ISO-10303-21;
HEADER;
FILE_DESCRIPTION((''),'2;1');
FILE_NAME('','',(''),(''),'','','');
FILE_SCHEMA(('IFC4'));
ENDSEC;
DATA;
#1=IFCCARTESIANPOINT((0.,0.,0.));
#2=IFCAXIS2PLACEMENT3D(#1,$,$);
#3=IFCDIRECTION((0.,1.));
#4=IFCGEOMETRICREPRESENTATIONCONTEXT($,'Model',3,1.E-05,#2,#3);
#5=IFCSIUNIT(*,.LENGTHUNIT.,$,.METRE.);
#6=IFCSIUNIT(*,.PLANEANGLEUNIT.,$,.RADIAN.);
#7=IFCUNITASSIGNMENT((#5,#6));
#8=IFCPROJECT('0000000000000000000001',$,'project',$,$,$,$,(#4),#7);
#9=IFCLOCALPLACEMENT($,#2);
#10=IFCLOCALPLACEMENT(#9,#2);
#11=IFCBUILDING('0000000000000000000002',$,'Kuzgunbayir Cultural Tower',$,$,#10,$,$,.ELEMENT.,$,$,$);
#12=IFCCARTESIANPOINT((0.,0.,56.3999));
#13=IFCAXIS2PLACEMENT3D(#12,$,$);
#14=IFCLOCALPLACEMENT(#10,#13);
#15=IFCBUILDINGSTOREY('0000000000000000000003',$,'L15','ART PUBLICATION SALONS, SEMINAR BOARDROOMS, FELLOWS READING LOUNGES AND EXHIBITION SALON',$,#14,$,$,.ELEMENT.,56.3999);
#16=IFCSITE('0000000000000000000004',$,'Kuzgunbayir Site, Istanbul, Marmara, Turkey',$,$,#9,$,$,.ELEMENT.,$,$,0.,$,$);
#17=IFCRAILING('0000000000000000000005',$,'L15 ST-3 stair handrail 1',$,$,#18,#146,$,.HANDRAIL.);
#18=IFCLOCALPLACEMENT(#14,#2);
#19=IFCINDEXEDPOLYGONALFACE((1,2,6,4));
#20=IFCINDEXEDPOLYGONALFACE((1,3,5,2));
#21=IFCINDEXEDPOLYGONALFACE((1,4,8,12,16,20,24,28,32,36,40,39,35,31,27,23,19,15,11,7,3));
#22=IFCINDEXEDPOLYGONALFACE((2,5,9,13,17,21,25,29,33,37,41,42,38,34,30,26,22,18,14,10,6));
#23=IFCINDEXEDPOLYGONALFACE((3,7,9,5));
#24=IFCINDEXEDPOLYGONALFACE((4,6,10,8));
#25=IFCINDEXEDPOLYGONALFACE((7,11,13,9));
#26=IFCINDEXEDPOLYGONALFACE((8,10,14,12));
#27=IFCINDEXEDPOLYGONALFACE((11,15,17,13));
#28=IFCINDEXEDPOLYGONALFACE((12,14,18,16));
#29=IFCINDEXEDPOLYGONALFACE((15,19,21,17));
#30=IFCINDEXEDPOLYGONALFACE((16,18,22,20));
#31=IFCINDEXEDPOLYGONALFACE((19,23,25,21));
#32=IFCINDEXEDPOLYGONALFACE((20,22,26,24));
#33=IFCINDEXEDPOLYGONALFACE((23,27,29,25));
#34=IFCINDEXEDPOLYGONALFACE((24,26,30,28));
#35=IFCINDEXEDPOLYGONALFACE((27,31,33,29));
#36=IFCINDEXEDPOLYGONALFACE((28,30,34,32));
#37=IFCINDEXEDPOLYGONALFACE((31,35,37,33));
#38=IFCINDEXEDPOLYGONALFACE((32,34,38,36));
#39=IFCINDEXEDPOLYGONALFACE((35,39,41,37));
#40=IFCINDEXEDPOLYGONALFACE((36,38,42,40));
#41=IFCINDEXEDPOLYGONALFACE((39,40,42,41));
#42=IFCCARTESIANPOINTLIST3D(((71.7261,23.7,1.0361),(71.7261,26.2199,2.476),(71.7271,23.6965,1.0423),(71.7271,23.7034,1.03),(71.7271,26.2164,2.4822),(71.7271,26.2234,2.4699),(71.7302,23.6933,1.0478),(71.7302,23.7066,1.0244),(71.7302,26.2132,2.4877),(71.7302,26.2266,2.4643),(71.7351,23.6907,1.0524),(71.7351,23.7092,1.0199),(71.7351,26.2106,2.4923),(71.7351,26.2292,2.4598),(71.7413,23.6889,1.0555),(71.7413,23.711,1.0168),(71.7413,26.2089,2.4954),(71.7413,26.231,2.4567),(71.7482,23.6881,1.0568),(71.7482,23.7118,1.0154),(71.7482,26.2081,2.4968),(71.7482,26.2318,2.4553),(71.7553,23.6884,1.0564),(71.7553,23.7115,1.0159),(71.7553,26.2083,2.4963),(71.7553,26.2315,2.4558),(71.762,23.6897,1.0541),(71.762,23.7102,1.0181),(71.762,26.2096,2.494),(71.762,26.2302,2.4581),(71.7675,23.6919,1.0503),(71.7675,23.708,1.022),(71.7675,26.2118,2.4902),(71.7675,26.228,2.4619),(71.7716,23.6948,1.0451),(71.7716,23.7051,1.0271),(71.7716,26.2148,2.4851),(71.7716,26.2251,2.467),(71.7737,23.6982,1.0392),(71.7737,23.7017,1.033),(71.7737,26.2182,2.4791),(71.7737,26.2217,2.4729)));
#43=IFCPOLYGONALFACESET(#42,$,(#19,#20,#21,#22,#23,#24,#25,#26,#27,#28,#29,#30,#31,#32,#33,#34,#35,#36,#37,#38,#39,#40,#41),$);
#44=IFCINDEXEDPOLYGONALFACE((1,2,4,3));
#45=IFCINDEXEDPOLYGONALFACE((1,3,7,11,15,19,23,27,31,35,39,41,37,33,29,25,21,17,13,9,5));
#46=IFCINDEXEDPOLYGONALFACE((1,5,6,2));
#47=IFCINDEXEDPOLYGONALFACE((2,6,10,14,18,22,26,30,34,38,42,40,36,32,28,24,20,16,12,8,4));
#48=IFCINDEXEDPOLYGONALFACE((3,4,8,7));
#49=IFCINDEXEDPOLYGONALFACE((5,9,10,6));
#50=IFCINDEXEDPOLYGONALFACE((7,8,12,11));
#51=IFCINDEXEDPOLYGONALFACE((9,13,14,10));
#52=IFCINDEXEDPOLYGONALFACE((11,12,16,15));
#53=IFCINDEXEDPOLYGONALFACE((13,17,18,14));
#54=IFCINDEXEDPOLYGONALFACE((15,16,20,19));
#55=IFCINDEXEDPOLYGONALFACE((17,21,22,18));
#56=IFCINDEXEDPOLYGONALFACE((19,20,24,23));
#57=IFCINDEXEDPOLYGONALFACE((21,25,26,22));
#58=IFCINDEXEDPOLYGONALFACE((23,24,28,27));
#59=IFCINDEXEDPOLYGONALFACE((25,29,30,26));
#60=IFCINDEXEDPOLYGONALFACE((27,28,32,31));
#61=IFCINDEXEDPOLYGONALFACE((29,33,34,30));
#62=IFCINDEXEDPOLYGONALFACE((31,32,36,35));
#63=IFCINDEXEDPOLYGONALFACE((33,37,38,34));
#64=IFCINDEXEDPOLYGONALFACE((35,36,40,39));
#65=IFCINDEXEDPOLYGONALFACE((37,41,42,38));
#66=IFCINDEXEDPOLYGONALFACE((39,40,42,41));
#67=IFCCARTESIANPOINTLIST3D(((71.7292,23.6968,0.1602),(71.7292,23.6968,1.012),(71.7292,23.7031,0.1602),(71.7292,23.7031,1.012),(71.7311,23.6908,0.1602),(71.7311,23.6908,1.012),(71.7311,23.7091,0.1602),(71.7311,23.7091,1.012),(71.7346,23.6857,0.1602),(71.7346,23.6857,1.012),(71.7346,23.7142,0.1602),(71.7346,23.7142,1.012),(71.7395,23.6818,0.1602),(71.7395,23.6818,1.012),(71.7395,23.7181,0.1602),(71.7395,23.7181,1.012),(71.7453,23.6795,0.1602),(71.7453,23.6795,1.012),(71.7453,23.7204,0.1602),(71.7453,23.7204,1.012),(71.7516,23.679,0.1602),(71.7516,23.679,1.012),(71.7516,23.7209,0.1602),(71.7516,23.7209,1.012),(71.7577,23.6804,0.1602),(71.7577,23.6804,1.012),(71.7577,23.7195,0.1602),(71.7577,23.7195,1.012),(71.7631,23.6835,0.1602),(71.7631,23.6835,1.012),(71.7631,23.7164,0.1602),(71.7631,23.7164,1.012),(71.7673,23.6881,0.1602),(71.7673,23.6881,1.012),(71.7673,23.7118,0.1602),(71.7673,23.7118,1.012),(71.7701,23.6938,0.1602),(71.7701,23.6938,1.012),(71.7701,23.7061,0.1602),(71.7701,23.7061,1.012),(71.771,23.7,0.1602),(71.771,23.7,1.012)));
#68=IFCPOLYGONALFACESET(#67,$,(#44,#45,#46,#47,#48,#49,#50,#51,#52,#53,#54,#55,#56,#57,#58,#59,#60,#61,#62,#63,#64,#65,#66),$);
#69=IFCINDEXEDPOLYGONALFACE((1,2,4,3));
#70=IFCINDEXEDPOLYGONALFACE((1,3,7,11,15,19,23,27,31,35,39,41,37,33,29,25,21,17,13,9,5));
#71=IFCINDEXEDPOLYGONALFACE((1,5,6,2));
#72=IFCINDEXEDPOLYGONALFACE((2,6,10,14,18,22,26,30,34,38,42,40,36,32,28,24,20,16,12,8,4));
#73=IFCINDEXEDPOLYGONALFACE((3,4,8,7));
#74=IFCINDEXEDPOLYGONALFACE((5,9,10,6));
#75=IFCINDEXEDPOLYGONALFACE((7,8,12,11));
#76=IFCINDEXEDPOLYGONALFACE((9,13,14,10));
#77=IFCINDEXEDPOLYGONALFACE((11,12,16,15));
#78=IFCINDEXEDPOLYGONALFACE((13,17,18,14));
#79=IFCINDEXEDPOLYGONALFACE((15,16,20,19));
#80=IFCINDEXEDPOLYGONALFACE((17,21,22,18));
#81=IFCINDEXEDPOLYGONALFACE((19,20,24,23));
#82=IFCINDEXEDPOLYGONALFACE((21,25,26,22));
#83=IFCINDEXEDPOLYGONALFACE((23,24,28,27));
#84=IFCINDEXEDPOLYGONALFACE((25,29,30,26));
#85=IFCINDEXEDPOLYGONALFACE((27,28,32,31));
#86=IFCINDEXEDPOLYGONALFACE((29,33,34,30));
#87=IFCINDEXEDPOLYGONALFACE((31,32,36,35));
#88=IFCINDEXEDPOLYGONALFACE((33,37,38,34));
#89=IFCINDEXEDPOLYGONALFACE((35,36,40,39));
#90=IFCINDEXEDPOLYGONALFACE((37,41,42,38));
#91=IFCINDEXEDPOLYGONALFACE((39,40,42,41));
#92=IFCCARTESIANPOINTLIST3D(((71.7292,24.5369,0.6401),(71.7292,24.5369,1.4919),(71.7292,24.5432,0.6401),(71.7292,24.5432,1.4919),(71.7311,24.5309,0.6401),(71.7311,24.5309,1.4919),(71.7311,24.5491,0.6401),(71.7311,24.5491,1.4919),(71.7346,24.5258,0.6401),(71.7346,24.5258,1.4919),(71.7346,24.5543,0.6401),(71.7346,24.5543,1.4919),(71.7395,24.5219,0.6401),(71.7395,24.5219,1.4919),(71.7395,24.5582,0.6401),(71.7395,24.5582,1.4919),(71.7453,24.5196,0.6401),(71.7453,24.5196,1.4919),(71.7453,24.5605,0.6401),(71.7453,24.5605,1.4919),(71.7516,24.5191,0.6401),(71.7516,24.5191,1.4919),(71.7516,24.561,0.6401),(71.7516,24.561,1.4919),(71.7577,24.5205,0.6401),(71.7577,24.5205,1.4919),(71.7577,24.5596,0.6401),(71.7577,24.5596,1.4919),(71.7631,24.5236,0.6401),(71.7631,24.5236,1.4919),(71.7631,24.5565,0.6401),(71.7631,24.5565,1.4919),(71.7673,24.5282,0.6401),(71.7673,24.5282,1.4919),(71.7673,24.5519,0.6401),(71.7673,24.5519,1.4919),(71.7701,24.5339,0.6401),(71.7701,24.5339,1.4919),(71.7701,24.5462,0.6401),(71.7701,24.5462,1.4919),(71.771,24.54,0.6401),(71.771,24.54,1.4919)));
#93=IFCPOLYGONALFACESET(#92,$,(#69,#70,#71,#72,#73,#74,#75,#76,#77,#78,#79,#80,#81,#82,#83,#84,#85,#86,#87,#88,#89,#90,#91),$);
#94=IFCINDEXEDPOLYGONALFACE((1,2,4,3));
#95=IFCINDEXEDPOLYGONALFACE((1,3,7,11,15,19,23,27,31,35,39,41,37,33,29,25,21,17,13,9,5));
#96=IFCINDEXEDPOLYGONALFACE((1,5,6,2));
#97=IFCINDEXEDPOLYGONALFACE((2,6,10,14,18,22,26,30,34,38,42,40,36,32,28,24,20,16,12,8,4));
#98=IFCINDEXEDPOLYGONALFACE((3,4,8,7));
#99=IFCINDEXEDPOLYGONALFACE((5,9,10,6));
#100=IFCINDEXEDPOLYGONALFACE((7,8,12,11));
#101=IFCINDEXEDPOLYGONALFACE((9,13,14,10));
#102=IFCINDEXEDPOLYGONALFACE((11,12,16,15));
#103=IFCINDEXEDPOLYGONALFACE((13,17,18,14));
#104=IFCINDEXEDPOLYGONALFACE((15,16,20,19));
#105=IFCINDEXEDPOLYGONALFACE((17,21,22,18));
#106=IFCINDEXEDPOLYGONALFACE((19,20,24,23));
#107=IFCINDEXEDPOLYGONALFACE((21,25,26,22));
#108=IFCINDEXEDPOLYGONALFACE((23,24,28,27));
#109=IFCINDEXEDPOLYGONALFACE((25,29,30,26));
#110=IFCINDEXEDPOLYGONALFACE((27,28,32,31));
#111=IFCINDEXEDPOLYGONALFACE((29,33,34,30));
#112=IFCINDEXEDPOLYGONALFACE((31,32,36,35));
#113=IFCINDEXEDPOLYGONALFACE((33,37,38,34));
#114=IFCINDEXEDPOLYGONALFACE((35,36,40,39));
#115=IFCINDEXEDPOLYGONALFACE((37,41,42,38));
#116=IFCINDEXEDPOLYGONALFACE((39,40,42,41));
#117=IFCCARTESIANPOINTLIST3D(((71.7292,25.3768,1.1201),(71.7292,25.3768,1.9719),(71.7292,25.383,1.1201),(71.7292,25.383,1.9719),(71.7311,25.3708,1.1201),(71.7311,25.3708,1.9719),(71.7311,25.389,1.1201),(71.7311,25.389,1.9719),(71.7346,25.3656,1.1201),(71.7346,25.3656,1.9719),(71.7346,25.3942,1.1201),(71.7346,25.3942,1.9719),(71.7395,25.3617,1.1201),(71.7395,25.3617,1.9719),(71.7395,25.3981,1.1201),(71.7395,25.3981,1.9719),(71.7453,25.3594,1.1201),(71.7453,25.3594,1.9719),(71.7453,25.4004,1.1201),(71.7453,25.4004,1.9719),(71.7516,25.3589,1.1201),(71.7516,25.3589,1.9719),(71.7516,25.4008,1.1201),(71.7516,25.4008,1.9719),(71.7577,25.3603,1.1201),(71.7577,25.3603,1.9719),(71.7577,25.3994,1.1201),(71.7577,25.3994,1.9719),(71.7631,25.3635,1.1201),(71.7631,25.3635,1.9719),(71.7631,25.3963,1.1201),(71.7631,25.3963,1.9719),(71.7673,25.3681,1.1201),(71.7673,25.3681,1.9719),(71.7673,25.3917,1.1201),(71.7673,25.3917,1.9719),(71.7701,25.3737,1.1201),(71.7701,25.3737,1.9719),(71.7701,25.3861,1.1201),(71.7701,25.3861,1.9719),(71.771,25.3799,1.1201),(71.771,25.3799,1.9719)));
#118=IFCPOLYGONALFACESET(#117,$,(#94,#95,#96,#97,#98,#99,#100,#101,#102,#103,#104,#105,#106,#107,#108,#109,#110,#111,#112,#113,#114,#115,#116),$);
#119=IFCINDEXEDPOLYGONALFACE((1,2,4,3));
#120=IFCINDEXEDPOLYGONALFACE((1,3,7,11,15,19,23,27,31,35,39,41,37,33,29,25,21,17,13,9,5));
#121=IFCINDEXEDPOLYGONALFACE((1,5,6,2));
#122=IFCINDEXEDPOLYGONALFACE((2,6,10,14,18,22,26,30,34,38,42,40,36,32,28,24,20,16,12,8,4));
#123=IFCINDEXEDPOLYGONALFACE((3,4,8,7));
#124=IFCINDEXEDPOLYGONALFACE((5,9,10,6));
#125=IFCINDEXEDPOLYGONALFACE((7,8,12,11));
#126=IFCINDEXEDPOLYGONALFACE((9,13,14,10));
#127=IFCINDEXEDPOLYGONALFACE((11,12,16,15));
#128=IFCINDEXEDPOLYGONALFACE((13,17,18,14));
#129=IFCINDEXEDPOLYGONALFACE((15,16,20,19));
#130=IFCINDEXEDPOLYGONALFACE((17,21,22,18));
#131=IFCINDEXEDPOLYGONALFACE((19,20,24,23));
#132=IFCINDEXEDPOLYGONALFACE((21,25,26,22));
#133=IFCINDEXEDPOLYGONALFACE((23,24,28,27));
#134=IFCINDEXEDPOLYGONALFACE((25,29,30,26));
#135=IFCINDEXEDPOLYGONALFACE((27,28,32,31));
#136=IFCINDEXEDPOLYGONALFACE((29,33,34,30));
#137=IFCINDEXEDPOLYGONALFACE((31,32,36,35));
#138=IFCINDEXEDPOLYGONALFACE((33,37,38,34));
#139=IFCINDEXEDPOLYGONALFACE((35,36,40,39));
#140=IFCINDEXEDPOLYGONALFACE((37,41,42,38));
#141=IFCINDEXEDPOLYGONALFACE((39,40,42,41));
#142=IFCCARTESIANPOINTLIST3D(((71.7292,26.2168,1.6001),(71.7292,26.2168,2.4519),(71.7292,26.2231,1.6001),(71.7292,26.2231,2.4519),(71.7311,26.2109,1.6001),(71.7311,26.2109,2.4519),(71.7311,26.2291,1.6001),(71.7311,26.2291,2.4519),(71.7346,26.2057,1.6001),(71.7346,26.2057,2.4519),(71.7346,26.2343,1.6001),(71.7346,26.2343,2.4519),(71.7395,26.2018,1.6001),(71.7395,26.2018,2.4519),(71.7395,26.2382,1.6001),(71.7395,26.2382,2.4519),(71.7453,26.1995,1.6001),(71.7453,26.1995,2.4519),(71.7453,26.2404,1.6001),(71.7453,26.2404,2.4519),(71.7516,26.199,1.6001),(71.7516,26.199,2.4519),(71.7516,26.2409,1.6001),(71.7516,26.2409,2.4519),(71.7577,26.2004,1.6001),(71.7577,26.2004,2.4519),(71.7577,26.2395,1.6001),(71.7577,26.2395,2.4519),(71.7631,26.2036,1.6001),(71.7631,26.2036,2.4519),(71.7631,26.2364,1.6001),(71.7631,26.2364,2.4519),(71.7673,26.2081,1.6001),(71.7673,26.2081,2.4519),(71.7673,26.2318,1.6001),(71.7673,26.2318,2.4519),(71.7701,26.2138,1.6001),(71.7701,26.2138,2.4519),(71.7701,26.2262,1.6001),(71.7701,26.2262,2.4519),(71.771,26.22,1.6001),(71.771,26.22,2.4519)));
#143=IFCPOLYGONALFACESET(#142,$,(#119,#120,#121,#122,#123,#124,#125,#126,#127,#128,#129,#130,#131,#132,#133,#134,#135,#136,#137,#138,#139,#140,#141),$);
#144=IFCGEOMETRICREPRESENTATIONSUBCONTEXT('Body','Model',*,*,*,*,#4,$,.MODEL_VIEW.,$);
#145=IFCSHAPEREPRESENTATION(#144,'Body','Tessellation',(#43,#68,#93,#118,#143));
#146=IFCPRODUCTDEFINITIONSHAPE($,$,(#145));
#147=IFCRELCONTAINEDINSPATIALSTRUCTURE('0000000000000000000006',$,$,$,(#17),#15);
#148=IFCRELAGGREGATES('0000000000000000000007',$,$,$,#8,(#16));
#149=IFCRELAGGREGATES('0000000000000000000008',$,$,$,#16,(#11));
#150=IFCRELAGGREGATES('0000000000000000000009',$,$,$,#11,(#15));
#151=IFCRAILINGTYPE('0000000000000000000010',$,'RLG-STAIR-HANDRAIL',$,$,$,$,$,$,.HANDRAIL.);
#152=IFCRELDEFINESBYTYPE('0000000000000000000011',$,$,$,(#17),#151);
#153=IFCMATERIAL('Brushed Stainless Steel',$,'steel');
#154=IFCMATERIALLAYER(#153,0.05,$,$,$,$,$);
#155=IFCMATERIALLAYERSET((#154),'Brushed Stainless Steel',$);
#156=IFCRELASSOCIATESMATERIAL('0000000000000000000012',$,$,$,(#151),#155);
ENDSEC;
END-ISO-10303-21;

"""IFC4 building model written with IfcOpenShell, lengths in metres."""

from ifc_helpers import new_model, si_unit, direction, frame, origin, origin_2d, place, context, subcontext, project, spatial, circle, extrude, material, layer, layer_set, type_object, element, save


model = new_model("IFC4")

# Units and contexts
model_context = context("Model", 3, precision=1e-05, world=origin(), true_north=direction((0.0, 1.0)))
body_context = subcontext(model_context, "Body", "Model", "MODEL_VIEW")
ifc_project = project(units=[si_unit("LENGTHUNIT", "METRE"), si_unit("PLANEANGLEUNIT", "RADIAN")], contexts=[model_context])

# Site, building, storey
site_placement = place(None, origin())
site = spatial("IfcSite", under=ifc_project, at=site_placement, Name="Kuzgunbayir Site, Istanbul, Marmara, Turkey", CompositionType="ELEMENT", RefElevation=0.0)
building_placement = place(site_placement, origin())
building = spatial("IfcBuilding", under=site, at=building_placement, Name="Kuzgunbayir Cultural Tower", CompositionType="ELEMENT")
storey_placement = place(building_placement, frame((0.0, 0.0, 56.3999)))
storey = spatial("IfcBuildingStorey", under=building, at=storey_placement, Name="L15", Description="ART PUBLICATION SALONS, SEMINAR BOARDROOMS, FELLOWS READING LOUNGES AND EXHIBITION SALON", CompositionType="ELEMENT", Elevation=56.3999)

# Railing
ifc_material_1 = material(Name="Brushed Stainless Steel", Category="steel")
ifc_layer_1 = layer(ifc_material_1, 0.05)
ifc_layer_set_1 = layer_set([ifc_layer_1], Name="Brushed Stainless Steel")
railing_type_1 = type_object("IfcRailingType", Name="RLG-STAIR-HANDRAIL", PredefinedType="HANDRAIL", material=ifc_layer_set_1)
railing_1_placement = place(storey_placement, frame((71.75, 23.7, 0.1602)))
element("IfcRailing", 1, at=railing_1_placement, inside=storey, type_object=railing_type_1, Name="L15 ST-3 stair handrail 1", PredefinedType="HANDRAIL", context=body_context, shape_type="SweptSolid", body=[
    extrude(circle(Radius=0.0239, at=origin_2d()), frame((0.0, 0.0, 0.876), z_axis=(0.0, 0.868253, 0.496121), x_axis=(-1.0, 0.0, 0.0)), (0.0, 0.0, 1.0), 2.9023),
    extrude(circle(Radius=0.021, at=origin_2d()), origin(), (0.0, 0.0, 1.0), 0.8518),
    extrude(circle(Radius=0.021, at=origin_2d()), frame((0.0, 0.8401, 0.48)), (0.0, 0.0, 1.0), 0.8518),
    extrude(circle(Radius=0.021, at=origin_2d()), frame((0.0, 1.6799, 0.96)), (0.0, 0.0, 1.0), 0.8518),
    extrude(circle(Radius=0.021, at=origin_2d()), frame((0.0, 2.52, 1.4399)), (0.0, 0.0, 1.0), 0.8518),
])

save(model, "model.ifc")
